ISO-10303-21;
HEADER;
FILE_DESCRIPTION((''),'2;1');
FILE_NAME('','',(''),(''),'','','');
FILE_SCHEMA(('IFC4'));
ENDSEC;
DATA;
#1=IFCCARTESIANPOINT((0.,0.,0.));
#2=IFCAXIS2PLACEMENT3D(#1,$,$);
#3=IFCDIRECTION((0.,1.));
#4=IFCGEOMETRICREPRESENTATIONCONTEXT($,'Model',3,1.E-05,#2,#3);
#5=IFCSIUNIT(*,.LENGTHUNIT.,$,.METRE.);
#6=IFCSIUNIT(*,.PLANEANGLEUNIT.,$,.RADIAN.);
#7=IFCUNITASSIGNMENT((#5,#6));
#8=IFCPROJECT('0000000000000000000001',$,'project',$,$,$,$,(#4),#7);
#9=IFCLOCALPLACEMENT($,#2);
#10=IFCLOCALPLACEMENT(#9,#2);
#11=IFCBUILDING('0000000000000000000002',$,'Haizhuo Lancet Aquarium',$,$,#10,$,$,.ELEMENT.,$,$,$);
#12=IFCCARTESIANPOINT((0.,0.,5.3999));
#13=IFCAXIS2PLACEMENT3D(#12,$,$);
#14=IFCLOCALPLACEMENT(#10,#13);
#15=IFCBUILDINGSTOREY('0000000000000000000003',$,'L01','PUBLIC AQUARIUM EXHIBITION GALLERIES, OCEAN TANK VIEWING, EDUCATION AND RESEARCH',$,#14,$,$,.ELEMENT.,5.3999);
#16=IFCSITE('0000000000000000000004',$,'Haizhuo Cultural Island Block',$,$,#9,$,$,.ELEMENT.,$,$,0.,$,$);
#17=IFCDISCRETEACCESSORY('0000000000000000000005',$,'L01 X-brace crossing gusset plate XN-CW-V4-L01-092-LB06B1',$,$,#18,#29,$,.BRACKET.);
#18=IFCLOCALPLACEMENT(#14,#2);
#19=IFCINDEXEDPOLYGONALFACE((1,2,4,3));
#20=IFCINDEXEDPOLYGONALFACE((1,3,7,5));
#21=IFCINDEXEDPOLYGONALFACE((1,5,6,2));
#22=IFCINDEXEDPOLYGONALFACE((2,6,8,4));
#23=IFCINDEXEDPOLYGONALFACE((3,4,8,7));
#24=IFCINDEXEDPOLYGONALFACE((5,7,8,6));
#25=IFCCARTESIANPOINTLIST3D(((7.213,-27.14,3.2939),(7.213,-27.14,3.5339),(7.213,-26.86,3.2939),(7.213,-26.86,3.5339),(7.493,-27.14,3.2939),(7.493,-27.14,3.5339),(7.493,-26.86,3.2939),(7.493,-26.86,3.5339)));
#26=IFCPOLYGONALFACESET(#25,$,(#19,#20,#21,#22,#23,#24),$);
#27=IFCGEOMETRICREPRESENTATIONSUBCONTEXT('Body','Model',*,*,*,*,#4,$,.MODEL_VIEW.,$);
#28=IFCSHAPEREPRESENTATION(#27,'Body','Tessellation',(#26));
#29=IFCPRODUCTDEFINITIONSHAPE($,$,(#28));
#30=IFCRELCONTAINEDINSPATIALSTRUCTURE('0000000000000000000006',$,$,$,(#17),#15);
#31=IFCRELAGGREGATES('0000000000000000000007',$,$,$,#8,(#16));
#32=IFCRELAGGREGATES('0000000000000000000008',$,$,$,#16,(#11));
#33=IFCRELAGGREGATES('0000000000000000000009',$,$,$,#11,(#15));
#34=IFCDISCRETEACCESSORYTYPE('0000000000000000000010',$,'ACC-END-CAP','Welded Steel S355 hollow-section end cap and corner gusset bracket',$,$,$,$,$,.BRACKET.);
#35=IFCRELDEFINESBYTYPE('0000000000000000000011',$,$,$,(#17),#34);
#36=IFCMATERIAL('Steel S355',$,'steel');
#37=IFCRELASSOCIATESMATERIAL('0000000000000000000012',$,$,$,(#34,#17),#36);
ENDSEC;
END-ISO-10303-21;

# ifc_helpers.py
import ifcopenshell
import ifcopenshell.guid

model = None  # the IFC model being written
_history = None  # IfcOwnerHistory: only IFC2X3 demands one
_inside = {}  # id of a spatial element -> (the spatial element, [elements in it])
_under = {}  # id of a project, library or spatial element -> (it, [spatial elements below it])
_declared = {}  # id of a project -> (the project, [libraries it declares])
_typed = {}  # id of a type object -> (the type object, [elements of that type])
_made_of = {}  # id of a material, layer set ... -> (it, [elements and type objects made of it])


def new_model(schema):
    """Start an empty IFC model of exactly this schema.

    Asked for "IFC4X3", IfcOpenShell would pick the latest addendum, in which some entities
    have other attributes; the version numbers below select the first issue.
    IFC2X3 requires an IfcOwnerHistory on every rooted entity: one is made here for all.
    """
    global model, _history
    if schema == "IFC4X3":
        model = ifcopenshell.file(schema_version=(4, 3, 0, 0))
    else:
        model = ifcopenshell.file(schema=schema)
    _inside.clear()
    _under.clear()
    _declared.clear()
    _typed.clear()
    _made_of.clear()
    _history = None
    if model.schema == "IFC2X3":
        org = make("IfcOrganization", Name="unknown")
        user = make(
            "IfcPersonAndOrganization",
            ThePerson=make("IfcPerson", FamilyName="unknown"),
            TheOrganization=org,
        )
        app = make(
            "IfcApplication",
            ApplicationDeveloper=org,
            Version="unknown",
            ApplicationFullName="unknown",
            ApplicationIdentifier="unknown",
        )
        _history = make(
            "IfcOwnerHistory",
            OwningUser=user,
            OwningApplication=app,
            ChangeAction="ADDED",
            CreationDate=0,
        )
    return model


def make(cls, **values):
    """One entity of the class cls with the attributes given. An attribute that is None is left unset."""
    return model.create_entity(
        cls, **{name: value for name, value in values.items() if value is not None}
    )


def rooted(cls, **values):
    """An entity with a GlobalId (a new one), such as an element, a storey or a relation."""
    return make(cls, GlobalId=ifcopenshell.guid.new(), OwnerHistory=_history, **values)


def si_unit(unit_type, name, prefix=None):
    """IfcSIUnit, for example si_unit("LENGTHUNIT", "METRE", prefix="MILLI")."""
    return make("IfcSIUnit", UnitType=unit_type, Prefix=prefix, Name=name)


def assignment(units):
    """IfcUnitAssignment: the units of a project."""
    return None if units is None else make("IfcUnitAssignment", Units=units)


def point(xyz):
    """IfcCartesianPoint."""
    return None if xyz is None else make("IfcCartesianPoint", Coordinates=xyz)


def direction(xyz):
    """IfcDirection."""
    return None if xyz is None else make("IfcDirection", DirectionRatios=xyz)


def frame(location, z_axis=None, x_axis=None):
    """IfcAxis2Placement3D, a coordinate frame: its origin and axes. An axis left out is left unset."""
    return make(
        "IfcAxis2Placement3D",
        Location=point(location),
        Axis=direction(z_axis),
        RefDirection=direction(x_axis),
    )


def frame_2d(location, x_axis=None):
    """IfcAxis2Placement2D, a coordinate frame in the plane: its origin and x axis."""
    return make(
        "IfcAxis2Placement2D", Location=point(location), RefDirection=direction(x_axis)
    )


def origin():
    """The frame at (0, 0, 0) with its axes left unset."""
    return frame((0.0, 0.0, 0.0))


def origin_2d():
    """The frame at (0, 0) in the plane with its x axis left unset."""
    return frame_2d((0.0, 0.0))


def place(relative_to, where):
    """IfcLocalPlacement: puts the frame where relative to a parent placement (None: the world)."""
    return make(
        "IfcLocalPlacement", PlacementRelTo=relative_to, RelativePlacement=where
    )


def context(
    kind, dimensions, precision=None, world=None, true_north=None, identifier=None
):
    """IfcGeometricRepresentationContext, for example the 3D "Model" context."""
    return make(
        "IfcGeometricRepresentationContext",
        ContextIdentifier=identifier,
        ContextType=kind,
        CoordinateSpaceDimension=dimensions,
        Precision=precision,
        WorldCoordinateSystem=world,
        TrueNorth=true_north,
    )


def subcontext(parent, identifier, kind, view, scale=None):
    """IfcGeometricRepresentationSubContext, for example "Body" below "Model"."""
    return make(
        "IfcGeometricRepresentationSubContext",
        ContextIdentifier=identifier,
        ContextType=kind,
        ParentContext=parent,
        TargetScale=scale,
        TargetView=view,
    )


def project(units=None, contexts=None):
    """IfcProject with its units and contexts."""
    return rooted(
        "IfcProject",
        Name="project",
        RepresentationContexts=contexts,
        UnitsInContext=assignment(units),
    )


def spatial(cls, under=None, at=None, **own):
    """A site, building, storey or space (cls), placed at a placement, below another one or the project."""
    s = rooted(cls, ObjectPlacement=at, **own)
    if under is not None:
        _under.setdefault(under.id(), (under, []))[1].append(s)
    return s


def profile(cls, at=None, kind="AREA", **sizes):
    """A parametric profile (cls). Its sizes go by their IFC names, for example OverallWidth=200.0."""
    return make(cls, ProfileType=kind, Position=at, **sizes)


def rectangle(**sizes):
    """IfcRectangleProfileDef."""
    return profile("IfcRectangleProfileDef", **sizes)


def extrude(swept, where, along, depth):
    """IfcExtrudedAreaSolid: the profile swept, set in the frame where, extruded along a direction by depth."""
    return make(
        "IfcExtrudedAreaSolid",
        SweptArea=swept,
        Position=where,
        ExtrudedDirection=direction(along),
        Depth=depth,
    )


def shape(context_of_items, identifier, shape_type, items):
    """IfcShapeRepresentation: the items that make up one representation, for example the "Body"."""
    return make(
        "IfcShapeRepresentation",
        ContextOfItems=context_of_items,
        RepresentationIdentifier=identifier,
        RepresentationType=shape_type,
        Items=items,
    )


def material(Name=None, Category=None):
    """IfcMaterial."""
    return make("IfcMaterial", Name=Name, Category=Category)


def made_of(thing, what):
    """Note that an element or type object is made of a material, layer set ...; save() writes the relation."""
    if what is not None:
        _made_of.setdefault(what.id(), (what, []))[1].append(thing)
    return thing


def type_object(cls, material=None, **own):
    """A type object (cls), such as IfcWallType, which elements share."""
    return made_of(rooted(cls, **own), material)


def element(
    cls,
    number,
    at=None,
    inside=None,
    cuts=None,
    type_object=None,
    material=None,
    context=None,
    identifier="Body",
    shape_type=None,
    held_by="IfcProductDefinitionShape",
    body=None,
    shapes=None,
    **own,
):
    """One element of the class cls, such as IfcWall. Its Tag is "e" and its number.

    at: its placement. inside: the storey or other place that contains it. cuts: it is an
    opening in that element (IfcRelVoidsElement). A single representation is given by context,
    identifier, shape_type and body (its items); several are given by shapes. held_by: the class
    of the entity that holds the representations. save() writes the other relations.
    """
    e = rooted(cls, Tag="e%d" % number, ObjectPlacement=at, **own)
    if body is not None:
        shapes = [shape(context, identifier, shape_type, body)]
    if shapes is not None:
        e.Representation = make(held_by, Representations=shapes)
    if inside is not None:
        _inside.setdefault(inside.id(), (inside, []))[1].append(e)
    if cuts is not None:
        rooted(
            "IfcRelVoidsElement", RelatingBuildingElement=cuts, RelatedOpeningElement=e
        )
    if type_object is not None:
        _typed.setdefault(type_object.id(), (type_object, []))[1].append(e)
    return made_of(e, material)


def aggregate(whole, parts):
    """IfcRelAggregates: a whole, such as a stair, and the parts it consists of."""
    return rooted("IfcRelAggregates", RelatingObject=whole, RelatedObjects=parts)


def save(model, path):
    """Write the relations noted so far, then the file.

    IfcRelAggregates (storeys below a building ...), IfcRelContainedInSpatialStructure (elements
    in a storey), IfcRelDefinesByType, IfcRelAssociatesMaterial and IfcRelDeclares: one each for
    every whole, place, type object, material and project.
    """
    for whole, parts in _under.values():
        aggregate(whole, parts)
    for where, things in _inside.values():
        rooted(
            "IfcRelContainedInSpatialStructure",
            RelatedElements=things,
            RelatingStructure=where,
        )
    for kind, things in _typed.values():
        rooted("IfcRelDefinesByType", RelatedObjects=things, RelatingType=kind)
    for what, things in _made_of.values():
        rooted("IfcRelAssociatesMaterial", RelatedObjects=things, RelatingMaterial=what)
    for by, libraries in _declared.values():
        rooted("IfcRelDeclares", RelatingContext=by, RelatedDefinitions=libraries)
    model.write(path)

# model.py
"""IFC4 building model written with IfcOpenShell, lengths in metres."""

from ifc_helpers import new_model, si_unit, direction, frame, origin, origin_2d, place, context, subcontext, project, spatial, rectangle, extrude, material, type_object, element, save


model = new_model("IFC4")

# Units and contexts
model_context = context("Model", 3, precision=1e-05, world=origin(), true_north=direction((0.0, 1.0)))
body_context = subcontext(model_context, "Body", "Model", "MODEL_VIEW")
ifc_project = project(units=[si_unit("LENGTHUNIT", "METRE"), si_unit("PLANEANGLEUNIT", "RADIAN")], contexts=[model_context])

# Site, building, storey
site_placement = place(None, origin())
site = spatial("IfcSite", under=ifc_project, at=site_placement, Name="Haizhuo Cultural Island Block", CompositionType="ELEMENT", RefElevation=0.0)
building_placement = place(site_placement, origin())
building = spatial("IfcBuilding", under=site, at=building_placement, Name="Haizhuo Lancet Aquarium", CompositionType="ELEMENT")
storey_placement = place(building_placement, frame((0.0, 0.0, 5.3999)))
storey = spatial("IfcBuildingStorey", under=building, at=storey_placement, Name="L01", Description="PUBLIC AQUARIUM EXHIBITION GALLERIES, OCEAN TANK VIEWING, EDUCATION AND RESEARCH", CompositionType="ELEMENT", Elevation=5.3999)

# Shared definitions
ifc_material_1 = material(Name="Steel S355", Category="steel")

# Discrete accessory
discrete_accessory_type = type_object("IfcDiscreteAccessoryType", Name="ACC-END-CAP", Description="Welded Steel S355 hollow-section end cap and corner gusset bracket", PredefinedType="BRACKET", material=ifc_material_1)
for number, where, z_axis, x_axis, name in (
    (1, (7.353, -27.0, 3.2939), (0.0, 0.0, 1.0), (1.0, 0.0, 0.0), "L01 X-brace crossing gusset plate XN-CW-V4-L01-092-LB06B1"),
):
    element("IfcDiscreteAccessory", number, at=place(storey_placement, frame(where, z_axis=z_axis, x_axis=x_axis)), inside=storey, type_object=discrete_accessory_type, material=ifc_material_1, Name=name, PredefinedType="BRACKET", context=body_context, shape_type="SweptSolid", body=[
        extrude(rectangle(XDim=0.28, YDim=0.28, at=origin_2d()), origin(), (0.0, 0.0, 1.0), 0.24),
    ])

save(model, "model.ifc")
